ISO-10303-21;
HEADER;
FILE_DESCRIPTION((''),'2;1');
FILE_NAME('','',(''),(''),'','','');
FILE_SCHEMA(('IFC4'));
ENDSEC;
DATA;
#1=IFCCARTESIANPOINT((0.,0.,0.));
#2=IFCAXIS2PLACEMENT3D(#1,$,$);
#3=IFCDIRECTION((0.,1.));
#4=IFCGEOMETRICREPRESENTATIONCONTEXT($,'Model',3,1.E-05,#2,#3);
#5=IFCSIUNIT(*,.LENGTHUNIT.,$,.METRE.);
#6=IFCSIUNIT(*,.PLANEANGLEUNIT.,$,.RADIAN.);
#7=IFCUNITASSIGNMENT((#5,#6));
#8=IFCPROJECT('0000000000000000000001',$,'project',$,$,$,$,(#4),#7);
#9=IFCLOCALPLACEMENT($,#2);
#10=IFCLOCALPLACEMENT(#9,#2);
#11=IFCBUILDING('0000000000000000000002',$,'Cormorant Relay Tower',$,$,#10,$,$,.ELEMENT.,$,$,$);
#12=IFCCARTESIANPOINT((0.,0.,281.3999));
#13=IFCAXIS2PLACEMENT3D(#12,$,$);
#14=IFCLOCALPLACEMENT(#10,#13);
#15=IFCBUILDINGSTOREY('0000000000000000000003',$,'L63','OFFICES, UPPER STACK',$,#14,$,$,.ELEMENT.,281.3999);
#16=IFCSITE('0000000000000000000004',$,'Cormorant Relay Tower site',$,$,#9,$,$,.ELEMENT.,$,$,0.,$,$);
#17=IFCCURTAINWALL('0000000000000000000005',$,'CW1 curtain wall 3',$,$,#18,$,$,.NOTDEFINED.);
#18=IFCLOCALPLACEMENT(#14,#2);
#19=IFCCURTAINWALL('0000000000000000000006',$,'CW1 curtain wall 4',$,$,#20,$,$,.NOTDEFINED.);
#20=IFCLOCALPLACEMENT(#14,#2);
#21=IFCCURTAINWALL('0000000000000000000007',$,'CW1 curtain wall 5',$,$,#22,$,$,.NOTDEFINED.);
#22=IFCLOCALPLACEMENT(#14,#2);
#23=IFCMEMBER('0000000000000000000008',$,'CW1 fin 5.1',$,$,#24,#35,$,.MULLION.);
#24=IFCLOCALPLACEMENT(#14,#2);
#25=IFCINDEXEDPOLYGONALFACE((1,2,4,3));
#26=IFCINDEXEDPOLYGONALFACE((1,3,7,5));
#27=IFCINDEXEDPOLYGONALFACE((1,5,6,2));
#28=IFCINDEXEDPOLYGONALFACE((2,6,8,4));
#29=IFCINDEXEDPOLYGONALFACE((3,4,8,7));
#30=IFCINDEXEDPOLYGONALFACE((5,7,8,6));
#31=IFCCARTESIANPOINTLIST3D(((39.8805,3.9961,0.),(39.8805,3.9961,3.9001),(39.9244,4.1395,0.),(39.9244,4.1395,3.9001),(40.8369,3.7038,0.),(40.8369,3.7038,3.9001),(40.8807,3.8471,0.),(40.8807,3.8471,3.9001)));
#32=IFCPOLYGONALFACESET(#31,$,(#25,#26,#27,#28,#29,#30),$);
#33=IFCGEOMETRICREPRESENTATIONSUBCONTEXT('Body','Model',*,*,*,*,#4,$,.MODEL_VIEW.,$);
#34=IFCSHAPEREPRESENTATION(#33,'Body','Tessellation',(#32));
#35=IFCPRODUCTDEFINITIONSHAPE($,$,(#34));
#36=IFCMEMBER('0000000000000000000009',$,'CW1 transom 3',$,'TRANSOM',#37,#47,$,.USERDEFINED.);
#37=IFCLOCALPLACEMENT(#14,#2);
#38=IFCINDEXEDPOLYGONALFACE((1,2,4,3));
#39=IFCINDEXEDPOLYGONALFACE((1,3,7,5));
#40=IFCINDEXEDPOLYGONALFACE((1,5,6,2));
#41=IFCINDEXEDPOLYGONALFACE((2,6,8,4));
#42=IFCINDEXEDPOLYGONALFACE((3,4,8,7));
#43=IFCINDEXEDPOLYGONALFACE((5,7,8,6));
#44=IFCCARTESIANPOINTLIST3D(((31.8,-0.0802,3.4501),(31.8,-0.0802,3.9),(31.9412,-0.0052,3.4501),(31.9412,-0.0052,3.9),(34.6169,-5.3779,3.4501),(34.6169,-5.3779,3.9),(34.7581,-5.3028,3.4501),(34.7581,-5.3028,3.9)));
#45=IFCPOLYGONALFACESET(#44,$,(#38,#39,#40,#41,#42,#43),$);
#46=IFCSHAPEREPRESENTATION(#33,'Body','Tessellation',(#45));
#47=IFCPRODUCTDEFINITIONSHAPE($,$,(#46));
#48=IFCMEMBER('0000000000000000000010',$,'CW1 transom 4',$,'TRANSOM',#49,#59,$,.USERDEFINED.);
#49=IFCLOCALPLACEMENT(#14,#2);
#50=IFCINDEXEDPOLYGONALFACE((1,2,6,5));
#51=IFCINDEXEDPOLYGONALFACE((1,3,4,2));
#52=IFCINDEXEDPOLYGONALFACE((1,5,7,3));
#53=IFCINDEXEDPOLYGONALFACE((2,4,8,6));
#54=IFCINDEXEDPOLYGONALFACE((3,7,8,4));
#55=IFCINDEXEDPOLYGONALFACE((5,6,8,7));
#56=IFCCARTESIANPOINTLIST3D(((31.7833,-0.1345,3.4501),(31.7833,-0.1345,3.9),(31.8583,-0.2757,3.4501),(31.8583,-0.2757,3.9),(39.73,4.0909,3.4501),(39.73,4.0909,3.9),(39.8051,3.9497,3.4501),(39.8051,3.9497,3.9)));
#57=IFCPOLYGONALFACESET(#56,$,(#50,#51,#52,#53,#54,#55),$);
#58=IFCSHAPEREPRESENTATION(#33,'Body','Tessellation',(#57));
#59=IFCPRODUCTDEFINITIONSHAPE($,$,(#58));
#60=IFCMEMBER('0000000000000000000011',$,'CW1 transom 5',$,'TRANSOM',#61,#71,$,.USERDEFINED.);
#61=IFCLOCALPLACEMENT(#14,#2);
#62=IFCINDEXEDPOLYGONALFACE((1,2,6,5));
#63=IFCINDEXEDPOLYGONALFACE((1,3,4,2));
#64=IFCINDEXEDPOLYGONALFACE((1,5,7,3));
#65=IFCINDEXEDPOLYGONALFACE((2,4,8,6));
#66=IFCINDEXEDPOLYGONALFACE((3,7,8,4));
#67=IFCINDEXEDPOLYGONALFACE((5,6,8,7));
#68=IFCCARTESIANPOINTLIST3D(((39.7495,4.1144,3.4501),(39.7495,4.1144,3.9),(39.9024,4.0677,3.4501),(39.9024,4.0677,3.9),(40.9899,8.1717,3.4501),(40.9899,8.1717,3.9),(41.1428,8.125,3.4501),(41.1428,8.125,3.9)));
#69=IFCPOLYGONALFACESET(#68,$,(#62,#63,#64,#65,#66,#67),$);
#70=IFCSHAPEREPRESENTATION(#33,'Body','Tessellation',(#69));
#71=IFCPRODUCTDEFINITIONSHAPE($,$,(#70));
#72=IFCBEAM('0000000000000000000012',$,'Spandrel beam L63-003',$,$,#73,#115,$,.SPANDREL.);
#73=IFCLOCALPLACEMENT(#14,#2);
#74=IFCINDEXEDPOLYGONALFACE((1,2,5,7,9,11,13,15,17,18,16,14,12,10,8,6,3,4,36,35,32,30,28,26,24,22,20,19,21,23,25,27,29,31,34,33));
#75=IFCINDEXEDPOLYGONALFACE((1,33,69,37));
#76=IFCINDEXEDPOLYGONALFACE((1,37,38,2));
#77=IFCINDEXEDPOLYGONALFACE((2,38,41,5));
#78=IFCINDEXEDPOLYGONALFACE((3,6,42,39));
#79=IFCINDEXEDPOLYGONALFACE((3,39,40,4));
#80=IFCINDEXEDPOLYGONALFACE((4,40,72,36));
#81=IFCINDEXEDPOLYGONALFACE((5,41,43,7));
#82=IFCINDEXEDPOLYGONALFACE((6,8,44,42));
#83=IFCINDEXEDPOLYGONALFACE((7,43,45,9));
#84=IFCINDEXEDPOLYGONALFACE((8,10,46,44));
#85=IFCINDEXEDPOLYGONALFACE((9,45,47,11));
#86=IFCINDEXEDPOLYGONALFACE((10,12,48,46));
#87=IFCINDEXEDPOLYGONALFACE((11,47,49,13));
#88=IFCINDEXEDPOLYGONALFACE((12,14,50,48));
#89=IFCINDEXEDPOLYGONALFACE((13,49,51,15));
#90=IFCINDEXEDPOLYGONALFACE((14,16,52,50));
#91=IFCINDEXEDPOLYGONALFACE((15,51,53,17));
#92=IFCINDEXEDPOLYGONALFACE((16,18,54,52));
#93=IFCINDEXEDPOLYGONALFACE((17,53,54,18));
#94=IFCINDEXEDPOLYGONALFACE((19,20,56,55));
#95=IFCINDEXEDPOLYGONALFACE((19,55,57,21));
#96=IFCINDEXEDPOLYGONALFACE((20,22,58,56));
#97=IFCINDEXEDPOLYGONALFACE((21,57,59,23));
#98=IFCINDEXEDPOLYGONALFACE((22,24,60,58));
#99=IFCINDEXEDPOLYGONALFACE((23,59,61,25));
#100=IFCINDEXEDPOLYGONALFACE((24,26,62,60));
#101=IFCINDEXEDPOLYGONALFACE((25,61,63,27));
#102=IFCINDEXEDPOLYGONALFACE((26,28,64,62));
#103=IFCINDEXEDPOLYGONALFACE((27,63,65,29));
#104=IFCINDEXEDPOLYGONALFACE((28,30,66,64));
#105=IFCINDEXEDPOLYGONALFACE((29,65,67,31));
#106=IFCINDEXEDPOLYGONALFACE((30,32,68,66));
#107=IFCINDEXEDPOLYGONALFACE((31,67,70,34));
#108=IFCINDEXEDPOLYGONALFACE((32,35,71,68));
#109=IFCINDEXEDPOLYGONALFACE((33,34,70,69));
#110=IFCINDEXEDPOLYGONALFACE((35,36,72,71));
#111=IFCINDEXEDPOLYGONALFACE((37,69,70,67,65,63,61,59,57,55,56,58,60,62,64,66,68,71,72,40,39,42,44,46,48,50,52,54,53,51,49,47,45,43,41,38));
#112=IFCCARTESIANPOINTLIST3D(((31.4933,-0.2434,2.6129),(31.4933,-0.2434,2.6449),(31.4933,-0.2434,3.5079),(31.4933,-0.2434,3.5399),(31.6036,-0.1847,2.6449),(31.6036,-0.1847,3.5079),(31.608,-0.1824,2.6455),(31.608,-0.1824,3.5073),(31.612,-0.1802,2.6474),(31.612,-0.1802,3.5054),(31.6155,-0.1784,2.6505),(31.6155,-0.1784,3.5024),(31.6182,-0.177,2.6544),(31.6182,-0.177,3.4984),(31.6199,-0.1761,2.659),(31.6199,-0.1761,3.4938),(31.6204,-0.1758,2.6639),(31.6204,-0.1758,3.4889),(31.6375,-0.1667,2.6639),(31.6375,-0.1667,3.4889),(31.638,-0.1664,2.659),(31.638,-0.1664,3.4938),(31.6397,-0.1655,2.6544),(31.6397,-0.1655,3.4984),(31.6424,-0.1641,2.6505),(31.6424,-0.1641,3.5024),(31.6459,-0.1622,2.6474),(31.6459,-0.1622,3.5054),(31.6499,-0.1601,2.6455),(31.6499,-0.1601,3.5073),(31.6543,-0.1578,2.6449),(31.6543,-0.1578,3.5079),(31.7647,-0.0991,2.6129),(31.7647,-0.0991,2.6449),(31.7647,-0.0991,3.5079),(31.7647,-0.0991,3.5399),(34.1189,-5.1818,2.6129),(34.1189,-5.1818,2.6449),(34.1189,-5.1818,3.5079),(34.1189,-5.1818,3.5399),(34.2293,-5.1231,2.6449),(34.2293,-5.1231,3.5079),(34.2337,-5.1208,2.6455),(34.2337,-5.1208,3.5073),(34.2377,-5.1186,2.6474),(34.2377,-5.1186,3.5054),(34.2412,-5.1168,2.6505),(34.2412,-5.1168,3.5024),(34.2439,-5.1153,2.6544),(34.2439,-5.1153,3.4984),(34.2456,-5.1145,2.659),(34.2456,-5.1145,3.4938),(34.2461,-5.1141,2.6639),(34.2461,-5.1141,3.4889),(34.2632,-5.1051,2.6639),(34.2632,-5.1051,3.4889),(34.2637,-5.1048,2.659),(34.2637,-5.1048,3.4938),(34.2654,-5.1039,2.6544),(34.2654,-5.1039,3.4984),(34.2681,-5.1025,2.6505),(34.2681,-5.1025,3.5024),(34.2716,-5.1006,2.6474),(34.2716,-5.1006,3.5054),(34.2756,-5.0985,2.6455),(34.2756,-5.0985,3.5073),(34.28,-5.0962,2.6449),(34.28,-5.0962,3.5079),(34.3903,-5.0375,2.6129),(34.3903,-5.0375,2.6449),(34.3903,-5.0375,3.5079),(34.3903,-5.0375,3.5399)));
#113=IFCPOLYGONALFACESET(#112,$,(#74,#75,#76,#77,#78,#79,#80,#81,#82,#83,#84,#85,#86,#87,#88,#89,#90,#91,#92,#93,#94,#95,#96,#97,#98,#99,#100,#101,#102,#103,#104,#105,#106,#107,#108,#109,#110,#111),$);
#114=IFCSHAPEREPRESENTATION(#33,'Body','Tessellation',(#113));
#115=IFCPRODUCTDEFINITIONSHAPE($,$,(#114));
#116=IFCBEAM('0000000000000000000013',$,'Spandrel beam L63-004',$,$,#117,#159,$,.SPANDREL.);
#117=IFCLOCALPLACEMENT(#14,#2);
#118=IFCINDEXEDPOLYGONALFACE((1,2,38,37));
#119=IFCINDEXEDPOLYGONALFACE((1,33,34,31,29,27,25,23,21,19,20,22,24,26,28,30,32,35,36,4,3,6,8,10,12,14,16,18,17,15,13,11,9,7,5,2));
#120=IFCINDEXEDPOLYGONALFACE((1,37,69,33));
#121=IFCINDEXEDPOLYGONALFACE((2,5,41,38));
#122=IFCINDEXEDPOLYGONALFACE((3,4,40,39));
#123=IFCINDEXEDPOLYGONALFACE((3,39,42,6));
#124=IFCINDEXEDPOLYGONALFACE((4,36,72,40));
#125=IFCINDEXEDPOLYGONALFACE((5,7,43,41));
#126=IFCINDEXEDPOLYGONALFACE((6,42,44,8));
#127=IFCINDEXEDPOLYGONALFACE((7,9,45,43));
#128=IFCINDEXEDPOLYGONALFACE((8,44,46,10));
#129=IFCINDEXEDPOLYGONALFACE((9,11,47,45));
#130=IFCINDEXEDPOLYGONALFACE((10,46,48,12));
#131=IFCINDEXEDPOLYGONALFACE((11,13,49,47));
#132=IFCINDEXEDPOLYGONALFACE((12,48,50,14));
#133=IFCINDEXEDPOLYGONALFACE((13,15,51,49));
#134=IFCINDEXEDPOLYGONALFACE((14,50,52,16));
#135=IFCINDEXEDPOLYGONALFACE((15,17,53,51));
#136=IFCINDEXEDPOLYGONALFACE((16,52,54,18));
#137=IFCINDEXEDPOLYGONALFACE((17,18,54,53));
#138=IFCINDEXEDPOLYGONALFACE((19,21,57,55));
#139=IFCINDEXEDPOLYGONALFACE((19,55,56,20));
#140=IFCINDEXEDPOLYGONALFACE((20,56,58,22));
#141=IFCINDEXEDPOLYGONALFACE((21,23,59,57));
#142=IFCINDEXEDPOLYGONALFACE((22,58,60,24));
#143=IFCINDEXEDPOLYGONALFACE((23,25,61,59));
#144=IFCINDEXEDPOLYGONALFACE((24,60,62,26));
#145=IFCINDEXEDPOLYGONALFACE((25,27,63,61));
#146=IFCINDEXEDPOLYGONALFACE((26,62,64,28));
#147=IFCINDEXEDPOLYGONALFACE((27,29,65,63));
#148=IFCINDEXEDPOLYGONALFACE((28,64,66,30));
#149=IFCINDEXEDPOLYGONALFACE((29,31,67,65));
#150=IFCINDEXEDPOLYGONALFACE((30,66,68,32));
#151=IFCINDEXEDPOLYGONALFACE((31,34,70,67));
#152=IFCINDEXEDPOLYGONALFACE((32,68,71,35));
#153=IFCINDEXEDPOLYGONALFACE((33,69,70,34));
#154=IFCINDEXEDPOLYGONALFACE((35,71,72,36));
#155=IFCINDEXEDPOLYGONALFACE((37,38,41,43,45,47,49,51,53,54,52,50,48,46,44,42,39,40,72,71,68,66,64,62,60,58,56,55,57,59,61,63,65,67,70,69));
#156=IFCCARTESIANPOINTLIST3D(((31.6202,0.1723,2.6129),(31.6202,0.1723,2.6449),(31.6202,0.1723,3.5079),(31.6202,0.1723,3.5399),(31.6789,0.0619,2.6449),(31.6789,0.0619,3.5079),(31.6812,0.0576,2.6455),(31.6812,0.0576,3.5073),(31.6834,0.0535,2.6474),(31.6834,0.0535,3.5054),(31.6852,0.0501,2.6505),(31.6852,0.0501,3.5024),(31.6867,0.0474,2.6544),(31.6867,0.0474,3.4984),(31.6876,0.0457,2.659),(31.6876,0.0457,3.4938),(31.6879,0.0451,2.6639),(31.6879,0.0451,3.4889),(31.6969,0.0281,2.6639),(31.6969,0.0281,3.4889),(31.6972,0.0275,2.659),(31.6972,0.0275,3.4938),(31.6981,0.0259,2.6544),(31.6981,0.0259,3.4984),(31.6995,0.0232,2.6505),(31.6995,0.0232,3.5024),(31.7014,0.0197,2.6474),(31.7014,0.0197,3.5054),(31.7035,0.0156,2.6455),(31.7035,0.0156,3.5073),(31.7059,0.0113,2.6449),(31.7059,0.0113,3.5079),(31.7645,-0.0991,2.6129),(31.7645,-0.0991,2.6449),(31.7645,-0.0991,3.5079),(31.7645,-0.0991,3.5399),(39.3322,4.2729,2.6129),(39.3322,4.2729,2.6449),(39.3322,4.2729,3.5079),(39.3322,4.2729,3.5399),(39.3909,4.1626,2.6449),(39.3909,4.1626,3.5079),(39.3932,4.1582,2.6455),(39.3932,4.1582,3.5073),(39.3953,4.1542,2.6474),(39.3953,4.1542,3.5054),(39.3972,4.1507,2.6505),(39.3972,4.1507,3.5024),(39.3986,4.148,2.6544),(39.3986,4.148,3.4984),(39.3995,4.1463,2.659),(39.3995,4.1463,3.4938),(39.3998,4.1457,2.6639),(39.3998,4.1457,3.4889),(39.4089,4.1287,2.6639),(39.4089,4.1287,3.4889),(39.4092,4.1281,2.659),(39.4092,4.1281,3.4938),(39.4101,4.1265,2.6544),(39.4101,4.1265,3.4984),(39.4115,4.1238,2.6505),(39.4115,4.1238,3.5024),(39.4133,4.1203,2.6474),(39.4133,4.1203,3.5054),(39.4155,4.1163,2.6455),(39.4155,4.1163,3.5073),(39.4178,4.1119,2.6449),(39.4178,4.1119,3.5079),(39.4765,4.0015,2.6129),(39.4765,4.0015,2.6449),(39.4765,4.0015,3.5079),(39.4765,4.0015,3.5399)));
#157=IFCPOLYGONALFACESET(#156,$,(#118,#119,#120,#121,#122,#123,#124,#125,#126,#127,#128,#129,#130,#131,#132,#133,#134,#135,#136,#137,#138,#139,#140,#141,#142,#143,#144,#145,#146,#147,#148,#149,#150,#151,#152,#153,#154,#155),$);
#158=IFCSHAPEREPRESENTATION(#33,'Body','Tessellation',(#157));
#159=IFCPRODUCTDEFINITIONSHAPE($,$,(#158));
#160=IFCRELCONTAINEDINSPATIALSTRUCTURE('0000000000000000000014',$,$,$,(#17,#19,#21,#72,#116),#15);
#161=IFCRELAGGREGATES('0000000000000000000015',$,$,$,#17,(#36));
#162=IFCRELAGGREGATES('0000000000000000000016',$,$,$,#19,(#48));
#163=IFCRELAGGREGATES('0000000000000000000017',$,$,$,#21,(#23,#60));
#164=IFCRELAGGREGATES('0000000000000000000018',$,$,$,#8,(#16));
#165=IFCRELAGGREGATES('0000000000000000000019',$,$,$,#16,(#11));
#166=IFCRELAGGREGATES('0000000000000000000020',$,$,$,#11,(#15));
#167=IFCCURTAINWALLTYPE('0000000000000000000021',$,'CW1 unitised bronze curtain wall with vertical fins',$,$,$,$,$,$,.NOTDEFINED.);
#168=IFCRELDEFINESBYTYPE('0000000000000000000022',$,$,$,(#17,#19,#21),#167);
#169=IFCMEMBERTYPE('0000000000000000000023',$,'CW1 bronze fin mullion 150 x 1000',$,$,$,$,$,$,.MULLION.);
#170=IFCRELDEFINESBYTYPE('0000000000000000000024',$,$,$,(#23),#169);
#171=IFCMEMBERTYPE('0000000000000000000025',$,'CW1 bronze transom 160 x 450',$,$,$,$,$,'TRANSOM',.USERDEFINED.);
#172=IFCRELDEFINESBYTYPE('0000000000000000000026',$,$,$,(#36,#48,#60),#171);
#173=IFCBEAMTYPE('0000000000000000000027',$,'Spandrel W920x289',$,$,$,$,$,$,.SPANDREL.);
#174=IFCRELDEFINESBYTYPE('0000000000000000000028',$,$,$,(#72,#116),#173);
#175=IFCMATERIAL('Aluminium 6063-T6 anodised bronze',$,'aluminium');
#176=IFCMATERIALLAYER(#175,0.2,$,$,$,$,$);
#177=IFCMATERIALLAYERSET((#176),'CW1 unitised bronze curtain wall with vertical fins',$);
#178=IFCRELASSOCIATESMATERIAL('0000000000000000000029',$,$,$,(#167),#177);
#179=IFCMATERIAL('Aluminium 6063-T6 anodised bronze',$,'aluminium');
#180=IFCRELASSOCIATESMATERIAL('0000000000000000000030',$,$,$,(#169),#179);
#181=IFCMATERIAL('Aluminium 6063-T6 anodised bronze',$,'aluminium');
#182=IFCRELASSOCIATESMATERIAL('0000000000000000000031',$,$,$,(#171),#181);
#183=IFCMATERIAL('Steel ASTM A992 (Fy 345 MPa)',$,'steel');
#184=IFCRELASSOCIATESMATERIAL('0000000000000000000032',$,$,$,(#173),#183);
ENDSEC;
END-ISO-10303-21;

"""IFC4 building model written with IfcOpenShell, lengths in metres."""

from ifc_helpers import new_model, si_unit, direction, frame, origin, origin_2d, place, context, subcontext, project, spatial, rectangle, i_section, extrude, material, layer, layer_set, material_profile, profile_set, type_object, element, aggregate, save


model = new_model("IFC4")

# Units and contexts
model_context = context("Model", 3, precision=1e-05, world=origin(), true_north=direction((0.0, 1.0)))
body_context = subcontext(model_context, "Body", "Model", "MODEL_VIEW")
ifc_project = project(units=[si_unit("LENGTHUNIT", "METRE"), si_unit("PLANEANGLEUNIT", "RADIAN")], contexts=[model_context])

# Site, building, storey
site_placement = place(None, origin())
site = spatial("IfcSite", under=ifc_project, at=site_placement, Name="Cormorant Relay Tower site", CompositionType="ELEMENT", RefElevation=0.0)
building_placement = place(site_placement, origin())
building = spatial("IfcBuilding", under=site, at=building_placement, Name="Cormorant Relay Tower", CompositionType="ELEMENT")
storey_placement = place(building_placement, frame((0.0, 0.0, 281.3999)))
storey = spatial("IfcBuildingStorey", under=building, at=storey_placement, Name="L63", Description="OFFICES, UPPER STACK", CompositionType="ELEMENT", Elevation=281.3999)

# Curtain wall
ifc_material_1 = material(Name="Aluminium 6063-T6 anodised bronze", Category="aluminium")
ifc_layer_1 = layer(ifc_material_1, 0.2)
ifc_layer_set_1 = layer_set([ifc_layer_1], Name="CW1 unitised bronze curtain wall with vertical fins")
curtain_wall_type = type_object("IfcCurtainWallType", Name="CW1 unitised bronze curtain wall with vertical fins", PredefinedType="NOTDEFINED", material=ifc_layer_set_1)
ifc_material_2 = material(Name="Aluminium 6063-T6 anodised bronze", Category="aluminium")
ifc_material_profile_1 = material_profile(ifc_material_2, rectangle(XDim=0.1499, YDim=1.0, at=origin_2d()), Name="AL 150x1000")
ifc_profile_set_1 = profile_set([ifc_material_profile_1], Name="Aluminium 6063-T6 anodised bronze")
member_type_1 = type_object("IfcMemberType", Name="CW1 bronze fin mullion 150 x 1000", PredefinedType="MULLION", material=ifc_profile_set_1)
curtain_wall_1_placement = place(storey_placement, origin())
curtain_wall_1 = element("IfcCurtainWall", 1, at=curtain_wall_1_placement, inside=storey, type_object=curtain_wall_type, Name="CW1 curtain wall 3", PredefinedType="NOTDEFINED")

# Curtain wall
curtain_wall_2_placement = place(storey_placement, origin())
curtain_wall_2 = element("IfcCurtainWall", 2, at=curtain_wall_2_placement, inside=storey, type_object=curtain_wall_type, Name="CW1 curtain wall 4", PredefinedType="NOTDEFINED")

# Curtain wall, member
curtain_wall_3_placement = place(storey_placement, origin())
curtain_wall_3 = element("IfcCurtainWall", 3, at=curtain_wall_3_placement, inside=storey, type_object=curtain_wall_type, Name="CW1 curtain wall 5", PredefinedType="NOTDEFINED")
member_1_placement = place(storey_placement, frame((40.3806, 3.9216, 0.0), z_axis=(0.0, 0.0, 1.0), x_axis=(0.292372, 0.956305, 0.0)))
member_1 = element("IfcMember", 4, at=member_1_placement, type_object=member_type_1, Name="CW1 fin 5.1", PredefinedType="MULLION", context=body_context, shape_type="SweptSolid", body=[
    extrude(rectangle(XDim=0.1499, YDim=1.0, at=origin_2d()), origin(), (0.0, 0.0, 1.0), 3.9001),
])

# Members
ifc_material_3 = material(Name="Aluminium 6063-T6 anodised bronze", Category="aluminium")
ifc_material_profile_2 = material_profile(ifc_material_3, rectangle(XDim=0.1599, YDim=0.45, at=origin_2d()), Name="AL 160x450")
ifc_profile_set_2 = profile_set([ifc_material_profile_2], Name="Aluminium 6063-T6 anodised bronze")
member_type_2 = type_object("IfcMemberType", Name="CW1 bronze transom 160 x 450", ElementType="TRANSOM", PredefinedType="USERDEFINED", material=ifc_profile_set_2)
member_2_placement = place(storey_placement, frame((34.6875, -5.3403, 3.675), z_axis=(-0.469485, 0.88294, 0.0), x_axis=(-0.88294, -0.469485, 0.0)))
member_2 = element("IfcMember", 5, at=member_2_placement, type_object=member_type_2, Name="CW1 transom 3", ObjectType="TRANSOM", PredefinedType="USERDEFINED", context=body_context, shape_type="SweptSolid", body=[
    extrude(rectangle(XDim=0.1599, YDim=0.45, at=origin_2d()), origin(), (0.0, 0.0, 1.0), 6.0),
])
member_3_placement = place(storey_placement, frame((31.8208, -0.2051, 3.675), z_axis=(0.882949, 0.469469, 0.0), x_axis=(-0.469469, 0.882949, 0.0)))
member_3 = element("IfcMember", 6, at=member_3_placement, type_object=member_type_2, Name="CW1 transom 4", ObjectType="TRANSOM", PredefinedType="USERDEFINED", context=body_context, shape_type="SweptSolid", body=[
    extrude(rectangle(XDim=0.1599, YDim=0.45, at=origin_2d()), origin(), (0.0, 0.0, 1.0), 9.0002),
])
member_4_placement = place(storey_placement, frame((39.8259, 4.0911, 3.675), z_axis=(0.292375, 0.956304, 0.0), x_axis=(-0.956304, 0.292375, 0.0)))
member_4 = element("IfcMember", 7, at=member_4_placement, type_object=member_type_2, Name="CW1 transom 5", ObjectType="TRANSOM", PredefinedType="USERDEFINED", context=body_context, shape_type="SweptSolid", body=[
    extrude(rectangle(XDim=0.1599, YDim=0.45, at=origin_2d()), origin(), (0.0, 0.0, 1.0), 4.2427),
])

# Beams
ifc_material_4 = material(Name="Steel ASTM A992 (Fy 345 MPa)", Category="steel")
ifc_material_profile_3 = material_profile(ifc_material_4, i_section(OverallWidth=0.3074, OverallDepth=0.927, WebThickness=0.0193, FlangeThickness=0.032, FilletRadius=0.019, at=origin_2d()), Name="W920x289")
ifc_profile_set_3 = profile_set([ifc_material_profile_3], Name="Steel ASTM A992 (Fy 345 MPa)")
beam_type = type_object("IfcBeamType", Name="Spandrel W920x289", PredefinedType="SPANDREL", material=ifc_profile_set_3)
beam_1_placement = place(storey_placement, frame((34.2546, -5.1096, 3.0764), z_axis=(-0.469457, 0.882955, 0.0), x_axis=(-0.882955, -0.469457, 0.0)))
element("IfcBeam", 8, at=beam_1_placement, inside=storey, type_object=beam_type, Name="Spandrel beam L63-003", PredefinedType="SPANDREL", context=body_context, shape_type="SweptSolid", body=[
    extrude(i_section(OverallWidth=0.3074, OverallDepth=0.927, WebThickness=0.0193, FlangeThickness=0.032, FilletRadius=0.019, at=origin_2d()), origin(), (0.0, 0.0, 1.0), 5.593),
])
beam_2_placement = place(storey_placement, frame((31.6924, 0.0366, 3.0764), z_axis=(0.882943, 0.469479, 0.0), x_axis=(-0.469479, 0.882943, 0.0)))
element("IfcBeam", 9, at=beam_2_placement, inside=storey, type_object=beam_type, Name="Spandrel beam L63-004", PredefinedType="SPANDREL", context=body_context, shape_type="SweptSolid", body=[
    extrude(i_section(OverallWidth=0.3074, OverallDepth=0.927, WebThickness=0.0193, FlangeThickness=0.032, FilletRadius=0.019, at=origin_2d()), origin(), (0.0, 0.0, 1.0), 8.7344),
])

aggregate(curtain_wall_1, [member_2])

aggregate(curtain_wall_2, [member_3])
aggregate(curtain_wall_3, [member_1, member_4])

save(model, "model.ifc")
